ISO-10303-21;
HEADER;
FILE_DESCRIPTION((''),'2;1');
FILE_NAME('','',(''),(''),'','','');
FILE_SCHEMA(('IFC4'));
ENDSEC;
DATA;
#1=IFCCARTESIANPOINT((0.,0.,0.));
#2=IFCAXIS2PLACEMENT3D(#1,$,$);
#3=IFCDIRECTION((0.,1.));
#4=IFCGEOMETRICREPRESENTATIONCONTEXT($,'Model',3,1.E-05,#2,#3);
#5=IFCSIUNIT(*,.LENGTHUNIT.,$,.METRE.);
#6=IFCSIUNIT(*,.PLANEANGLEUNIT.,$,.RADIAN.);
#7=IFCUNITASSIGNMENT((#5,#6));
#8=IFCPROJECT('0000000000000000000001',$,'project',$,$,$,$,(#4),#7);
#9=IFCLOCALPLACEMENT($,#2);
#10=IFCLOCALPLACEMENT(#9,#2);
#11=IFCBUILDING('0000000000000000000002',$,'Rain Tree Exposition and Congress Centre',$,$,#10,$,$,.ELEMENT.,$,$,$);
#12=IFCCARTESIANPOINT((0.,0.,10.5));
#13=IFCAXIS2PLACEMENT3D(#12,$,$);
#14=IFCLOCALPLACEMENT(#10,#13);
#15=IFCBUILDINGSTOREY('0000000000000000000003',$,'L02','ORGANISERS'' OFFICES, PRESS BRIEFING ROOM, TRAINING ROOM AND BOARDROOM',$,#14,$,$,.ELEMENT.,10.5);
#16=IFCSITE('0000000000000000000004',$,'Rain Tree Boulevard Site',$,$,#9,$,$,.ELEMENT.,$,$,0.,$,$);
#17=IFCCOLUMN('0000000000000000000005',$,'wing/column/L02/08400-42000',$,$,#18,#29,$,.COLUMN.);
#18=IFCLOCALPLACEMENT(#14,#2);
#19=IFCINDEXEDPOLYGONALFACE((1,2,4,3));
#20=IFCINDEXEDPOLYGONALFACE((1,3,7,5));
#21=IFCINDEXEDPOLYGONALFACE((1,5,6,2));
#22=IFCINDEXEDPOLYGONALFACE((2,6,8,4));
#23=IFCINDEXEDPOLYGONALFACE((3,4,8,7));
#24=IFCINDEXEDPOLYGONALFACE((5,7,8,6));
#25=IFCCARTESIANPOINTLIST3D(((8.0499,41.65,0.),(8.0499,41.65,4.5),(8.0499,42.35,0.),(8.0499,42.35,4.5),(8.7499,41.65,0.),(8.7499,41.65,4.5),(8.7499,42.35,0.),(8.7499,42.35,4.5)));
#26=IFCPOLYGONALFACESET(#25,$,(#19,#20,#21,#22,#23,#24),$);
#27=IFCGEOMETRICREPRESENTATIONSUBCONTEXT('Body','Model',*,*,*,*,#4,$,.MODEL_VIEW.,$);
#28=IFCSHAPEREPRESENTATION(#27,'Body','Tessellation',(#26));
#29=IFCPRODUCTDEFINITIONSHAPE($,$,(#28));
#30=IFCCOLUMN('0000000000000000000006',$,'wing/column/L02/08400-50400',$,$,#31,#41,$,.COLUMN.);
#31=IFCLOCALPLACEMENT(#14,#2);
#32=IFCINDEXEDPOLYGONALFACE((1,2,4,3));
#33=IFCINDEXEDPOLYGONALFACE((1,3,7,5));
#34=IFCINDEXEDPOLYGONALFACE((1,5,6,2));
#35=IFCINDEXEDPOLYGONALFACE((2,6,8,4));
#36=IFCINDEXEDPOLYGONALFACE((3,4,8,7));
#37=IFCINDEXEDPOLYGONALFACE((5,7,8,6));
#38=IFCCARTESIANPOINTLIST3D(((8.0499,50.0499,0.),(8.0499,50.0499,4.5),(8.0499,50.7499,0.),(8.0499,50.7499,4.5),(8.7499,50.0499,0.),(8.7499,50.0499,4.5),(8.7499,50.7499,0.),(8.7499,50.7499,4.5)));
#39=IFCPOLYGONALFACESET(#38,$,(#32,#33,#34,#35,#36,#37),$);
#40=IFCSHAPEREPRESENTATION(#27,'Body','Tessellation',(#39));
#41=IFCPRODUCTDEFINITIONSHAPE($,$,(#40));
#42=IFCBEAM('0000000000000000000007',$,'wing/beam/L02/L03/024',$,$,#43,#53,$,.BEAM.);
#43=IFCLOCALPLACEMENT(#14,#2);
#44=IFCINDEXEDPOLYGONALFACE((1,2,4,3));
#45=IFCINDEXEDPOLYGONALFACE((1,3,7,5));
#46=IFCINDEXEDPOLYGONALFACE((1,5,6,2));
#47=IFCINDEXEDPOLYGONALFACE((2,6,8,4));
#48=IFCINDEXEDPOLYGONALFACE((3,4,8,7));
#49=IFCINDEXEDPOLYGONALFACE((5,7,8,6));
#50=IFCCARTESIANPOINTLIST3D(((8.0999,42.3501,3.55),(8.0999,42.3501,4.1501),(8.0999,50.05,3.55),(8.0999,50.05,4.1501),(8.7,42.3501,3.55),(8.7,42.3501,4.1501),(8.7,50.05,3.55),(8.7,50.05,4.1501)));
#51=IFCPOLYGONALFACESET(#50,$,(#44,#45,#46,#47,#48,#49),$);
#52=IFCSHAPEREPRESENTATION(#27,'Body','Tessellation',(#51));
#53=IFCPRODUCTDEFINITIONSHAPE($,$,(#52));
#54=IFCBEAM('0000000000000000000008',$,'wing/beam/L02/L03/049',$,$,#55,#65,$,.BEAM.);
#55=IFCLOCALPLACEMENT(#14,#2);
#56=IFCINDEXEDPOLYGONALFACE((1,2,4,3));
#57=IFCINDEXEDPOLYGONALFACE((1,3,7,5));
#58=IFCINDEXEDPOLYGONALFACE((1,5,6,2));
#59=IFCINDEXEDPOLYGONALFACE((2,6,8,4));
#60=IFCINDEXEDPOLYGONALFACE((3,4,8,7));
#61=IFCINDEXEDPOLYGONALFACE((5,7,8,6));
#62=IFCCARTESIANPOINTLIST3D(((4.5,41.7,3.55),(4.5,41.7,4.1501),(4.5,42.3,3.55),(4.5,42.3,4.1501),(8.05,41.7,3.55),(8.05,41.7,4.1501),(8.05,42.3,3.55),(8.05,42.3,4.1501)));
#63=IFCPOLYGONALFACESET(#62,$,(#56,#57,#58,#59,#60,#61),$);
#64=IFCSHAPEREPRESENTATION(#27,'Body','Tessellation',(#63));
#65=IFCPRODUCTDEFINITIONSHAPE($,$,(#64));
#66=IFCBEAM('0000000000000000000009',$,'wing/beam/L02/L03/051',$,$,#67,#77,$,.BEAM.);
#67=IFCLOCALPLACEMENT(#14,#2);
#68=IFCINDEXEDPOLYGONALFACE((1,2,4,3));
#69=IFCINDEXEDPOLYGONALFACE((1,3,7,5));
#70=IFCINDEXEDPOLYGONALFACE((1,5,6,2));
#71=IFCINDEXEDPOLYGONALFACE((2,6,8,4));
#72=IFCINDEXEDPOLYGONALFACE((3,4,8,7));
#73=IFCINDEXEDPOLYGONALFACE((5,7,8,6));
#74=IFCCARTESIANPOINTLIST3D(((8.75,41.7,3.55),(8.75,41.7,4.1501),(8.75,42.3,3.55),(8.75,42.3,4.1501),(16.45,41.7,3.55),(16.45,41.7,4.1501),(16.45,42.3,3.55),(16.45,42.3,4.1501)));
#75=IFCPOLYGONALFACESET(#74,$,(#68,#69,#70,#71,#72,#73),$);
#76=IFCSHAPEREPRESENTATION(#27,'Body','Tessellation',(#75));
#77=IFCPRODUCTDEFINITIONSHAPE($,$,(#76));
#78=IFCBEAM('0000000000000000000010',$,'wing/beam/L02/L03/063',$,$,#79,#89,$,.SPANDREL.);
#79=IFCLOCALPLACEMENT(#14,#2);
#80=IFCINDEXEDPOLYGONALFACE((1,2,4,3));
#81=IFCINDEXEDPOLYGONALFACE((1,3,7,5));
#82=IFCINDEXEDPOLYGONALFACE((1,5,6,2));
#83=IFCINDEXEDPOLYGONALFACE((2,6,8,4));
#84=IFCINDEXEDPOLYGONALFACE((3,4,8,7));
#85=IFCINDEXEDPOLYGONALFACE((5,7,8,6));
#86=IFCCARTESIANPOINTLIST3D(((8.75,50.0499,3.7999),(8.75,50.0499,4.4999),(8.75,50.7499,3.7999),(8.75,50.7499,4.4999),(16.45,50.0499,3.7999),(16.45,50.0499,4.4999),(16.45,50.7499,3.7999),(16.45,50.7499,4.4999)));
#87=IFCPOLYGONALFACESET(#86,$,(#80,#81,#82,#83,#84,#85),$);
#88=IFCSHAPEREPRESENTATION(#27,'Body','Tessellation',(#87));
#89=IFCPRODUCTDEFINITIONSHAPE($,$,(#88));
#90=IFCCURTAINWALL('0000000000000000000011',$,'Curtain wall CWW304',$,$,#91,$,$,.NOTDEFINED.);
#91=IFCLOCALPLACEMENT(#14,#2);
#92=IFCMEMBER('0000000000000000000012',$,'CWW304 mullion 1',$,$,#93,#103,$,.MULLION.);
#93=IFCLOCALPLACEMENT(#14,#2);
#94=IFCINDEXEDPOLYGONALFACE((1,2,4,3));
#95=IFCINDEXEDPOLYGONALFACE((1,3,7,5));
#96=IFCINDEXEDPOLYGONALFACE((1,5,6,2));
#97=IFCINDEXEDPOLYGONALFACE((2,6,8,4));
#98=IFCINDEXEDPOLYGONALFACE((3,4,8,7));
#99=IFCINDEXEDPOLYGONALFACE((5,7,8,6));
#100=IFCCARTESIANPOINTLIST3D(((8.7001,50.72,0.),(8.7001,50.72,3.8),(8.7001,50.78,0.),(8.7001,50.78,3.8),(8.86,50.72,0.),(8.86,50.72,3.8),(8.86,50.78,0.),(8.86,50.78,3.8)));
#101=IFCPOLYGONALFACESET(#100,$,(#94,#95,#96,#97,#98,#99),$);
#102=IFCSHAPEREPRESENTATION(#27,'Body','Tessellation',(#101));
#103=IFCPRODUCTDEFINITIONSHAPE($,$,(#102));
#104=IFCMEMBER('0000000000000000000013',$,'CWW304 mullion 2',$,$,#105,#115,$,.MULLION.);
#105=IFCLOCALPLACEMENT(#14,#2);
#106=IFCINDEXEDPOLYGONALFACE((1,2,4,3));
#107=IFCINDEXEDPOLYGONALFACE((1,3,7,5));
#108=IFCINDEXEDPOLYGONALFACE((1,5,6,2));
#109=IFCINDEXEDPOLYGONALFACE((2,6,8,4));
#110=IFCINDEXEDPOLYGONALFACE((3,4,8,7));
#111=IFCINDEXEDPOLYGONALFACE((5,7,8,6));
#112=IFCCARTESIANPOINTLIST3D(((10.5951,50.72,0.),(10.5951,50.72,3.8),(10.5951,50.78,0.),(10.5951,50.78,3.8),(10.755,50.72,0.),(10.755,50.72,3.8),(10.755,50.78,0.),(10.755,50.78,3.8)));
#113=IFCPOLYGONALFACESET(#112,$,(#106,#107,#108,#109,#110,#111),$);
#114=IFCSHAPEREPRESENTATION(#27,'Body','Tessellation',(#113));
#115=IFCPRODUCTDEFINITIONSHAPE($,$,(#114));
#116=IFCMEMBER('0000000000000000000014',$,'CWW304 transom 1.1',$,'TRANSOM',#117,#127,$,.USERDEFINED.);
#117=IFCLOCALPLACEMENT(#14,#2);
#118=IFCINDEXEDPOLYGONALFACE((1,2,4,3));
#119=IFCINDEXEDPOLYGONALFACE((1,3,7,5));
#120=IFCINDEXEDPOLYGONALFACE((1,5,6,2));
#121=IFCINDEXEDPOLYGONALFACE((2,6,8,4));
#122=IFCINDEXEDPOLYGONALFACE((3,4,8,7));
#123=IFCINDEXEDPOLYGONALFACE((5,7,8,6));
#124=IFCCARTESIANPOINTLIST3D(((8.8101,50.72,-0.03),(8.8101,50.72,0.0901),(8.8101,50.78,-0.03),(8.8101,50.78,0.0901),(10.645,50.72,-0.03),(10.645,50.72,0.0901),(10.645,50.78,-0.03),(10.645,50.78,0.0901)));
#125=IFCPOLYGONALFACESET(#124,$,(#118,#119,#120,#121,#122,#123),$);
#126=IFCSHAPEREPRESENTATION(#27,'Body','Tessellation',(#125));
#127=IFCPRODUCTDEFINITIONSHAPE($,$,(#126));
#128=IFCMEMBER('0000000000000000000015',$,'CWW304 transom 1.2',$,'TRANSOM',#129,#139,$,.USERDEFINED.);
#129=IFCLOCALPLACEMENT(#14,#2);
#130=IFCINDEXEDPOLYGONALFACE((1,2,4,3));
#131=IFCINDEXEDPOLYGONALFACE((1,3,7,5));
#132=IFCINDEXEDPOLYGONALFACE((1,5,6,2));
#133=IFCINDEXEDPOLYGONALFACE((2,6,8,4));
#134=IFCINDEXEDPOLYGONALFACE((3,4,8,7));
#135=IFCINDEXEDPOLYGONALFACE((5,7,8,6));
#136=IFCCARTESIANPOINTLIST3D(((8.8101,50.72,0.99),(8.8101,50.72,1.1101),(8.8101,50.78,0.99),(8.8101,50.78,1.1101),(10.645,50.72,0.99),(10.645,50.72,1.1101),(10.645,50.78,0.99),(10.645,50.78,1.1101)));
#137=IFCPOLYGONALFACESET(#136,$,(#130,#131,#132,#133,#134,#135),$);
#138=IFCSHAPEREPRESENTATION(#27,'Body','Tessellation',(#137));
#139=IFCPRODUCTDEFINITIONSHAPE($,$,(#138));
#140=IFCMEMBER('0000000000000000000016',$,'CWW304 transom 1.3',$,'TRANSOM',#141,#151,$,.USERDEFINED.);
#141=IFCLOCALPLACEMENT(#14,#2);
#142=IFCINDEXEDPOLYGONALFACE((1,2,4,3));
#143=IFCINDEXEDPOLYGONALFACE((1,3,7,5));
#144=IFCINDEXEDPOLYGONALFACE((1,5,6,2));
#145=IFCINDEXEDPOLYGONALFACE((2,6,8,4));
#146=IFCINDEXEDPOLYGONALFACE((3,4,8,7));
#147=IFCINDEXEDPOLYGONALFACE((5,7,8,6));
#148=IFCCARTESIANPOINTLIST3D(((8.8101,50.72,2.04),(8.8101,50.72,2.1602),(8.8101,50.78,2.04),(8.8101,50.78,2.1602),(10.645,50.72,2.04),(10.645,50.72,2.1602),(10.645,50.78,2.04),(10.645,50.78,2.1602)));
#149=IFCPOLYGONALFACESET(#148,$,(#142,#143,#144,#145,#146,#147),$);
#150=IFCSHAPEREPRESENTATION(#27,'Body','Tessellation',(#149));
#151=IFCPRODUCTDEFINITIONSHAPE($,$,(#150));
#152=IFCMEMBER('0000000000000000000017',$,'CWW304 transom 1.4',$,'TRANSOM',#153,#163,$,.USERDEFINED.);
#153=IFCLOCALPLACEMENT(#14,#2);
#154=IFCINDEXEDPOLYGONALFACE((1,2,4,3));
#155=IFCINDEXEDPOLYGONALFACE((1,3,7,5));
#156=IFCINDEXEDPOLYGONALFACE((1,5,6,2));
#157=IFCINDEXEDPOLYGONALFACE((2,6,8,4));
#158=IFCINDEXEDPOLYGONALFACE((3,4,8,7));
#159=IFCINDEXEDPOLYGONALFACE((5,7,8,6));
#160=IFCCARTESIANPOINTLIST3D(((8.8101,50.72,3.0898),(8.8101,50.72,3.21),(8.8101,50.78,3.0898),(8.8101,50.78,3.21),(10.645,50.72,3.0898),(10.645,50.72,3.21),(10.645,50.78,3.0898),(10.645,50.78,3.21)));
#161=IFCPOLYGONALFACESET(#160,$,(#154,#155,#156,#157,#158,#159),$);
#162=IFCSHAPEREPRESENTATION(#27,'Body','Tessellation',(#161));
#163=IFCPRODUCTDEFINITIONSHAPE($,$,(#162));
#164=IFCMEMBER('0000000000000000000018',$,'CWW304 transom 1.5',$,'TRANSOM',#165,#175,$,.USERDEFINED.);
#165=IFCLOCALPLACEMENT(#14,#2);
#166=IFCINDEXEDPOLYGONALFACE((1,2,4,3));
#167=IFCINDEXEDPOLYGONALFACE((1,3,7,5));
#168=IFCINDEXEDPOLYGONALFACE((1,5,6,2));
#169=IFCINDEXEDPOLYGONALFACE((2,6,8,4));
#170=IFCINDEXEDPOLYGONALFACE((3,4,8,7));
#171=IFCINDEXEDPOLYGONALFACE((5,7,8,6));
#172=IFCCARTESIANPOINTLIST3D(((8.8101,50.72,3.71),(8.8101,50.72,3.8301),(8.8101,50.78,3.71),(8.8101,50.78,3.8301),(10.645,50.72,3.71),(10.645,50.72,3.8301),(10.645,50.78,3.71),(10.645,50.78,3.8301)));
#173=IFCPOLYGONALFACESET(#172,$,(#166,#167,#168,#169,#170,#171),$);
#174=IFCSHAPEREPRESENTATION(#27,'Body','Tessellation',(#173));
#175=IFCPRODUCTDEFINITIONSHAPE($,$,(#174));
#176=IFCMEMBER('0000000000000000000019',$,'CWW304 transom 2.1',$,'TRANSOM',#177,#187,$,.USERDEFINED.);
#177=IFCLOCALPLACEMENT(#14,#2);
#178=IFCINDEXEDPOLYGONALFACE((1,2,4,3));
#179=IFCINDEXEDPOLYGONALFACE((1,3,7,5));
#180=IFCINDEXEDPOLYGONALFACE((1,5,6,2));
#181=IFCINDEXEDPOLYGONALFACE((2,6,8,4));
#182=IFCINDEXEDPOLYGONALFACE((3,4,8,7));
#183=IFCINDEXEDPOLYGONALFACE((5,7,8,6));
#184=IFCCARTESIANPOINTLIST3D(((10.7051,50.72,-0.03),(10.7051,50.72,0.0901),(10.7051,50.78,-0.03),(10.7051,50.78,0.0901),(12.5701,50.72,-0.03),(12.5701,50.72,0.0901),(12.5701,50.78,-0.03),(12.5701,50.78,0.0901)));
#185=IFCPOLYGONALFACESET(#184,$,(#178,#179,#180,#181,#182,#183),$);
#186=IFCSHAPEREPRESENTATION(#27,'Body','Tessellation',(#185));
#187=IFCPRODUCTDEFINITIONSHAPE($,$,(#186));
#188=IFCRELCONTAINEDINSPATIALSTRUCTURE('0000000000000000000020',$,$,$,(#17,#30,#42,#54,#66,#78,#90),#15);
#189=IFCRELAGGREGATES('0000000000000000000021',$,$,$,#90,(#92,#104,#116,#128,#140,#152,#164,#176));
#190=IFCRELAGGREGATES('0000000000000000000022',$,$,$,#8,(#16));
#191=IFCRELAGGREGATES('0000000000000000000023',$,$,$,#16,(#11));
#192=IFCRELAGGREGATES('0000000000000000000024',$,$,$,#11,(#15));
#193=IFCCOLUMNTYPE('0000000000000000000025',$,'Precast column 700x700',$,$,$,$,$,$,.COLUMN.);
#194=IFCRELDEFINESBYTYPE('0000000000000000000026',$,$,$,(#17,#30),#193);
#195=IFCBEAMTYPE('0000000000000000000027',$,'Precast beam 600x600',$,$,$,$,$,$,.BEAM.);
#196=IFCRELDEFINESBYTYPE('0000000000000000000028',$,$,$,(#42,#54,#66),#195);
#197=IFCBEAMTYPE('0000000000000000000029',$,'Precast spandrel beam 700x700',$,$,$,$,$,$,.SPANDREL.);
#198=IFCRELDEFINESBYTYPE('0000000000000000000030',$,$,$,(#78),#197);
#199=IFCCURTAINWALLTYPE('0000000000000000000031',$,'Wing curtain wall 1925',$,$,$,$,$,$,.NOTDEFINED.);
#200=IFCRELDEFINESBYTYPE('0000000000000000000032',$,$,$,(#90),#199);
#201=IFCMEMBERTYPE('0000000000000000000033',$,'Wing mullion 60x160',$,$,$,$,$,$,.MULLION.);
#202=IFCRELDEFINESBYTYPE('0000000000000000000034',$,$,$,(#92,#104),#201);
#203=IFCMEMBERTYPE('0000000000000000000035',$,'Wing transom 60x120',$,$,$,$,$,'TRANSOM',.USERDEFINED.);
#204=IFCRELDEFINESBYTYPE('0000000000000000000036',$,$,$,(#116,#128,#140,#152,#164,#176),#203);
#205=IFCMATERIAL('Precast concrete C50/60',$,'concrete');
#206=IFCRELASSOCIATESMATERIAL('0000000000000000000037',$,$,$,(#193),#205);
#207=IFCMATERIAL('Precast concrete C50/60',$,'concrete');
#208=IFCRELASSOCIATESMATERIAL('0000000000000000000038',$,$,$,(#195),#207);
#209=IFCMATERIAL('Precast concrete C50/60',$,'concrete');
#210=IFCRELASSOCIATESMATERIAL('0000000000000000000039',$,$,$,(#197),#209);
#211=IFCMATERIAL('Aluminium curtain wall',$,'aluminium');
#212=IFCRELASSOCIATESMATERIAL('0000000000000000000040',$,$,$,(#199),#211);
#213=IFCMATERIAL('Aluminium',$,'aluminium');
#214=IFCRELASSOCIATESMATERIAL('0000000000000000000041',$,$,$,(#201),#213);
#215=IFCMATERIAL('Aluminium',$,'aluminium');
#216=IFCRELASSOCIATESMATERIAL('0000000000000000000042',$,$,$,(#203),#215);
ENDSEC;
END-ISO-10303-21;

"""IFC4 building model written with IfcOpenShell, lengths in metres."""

from ifc_helpers import new_model, si_unit, direction, frame, origin, origin_2d, place, context, subcontext, project, spatial, rectangle, extrude, material, material_profile, profile_set, type_object, element, aggregate, save


model = new_model("IFC4")

# Units and contexts
model_context = context("Model", 3, precision=1e-05, world=origin(), true_north=direction((0.0, 1.0)))
body_context = subcontext(model_context, "Body", "Model", "MODEL_VIEW")
ifc_project = project(units=[si_unit("LENGTHUNIT", "METRE"), si_unit("PLANEANGLEUNIT", "RADIAN")], contexts=[model_context])

# Site, building, storey
site_placement = place(None, origin())
site = spatial("IfcSite", under=ifc_project, at=site_placement, Name="Rain Tree Boulevard Site", CompositionType="ELEMENT", RefElevation=0.0)
building_placement = place(site_placement, origin())
building = spatial("IfcBuilding", under=site, at=building_placement, Name="Rain Tree Exposition and Congress Centre", CompositionType="ELEMENT")
storey_placement = place(building_placement, frame((0.0, 0.0, 10.5)))
storey = spatial("IfcBuildingStorey", under=building, at=storey_placement, Name="L02", Description="ORGANISERS' OFFICES, PRESS BRIEFING ROOM, TRAINING ROOM AND BOARDROOM", CompositionType="ELEMENT", Elevation=10.5)

# Columns
ifc_material_1 = material(Name="Precast concrete C50/60", Category="concrete")
ifc_material_profile_1 = material_profile(ifc_material_1, rectangle(XDim=0.7, YDim=0.7, at=origin_2d()), Name="RC 700x700")
ifc_profile_set_1 = profile_set([ifc_material_profile_1], Name="Precast concrete C50/60")
column_type = type_object("IfcColumnType", Name="Precast column 700x700", PredefinedType="COLUMN", material=ifc_profile_set_1)
for number, where, z_axis, x_axis, name in (
    (1, (8.3999, 42.0, 0.0), (0.0, 0.0, 1.0), (1.0, 0.0, 0.0), "wing/column/L02/08400-42000"),
    (2, (8.3999, 50.3999, 0.0), (0.0, 0.0, 1.0), (1.0, 0.0, 0.0), "wing/column/L02/08400-50400"),
):
    element("IfcColumn", number, at=place(storey_placement, frame(where, z_axis=z_axis, x_axis=x_axis)), inside=storey, type_object=column_type, Name=name, PredefinedType="COLUMN", context=body_context, shape_type="SweptSolid", body=[
        extrude(rectangle(XDim=0.7, YDim=0.7, at=origin_2d()), origin(), (0.0, 0.0, 1.0), 4.5),
    ])

# Beams
ifc_material_2 = material(Name="Precast concrete C50/60", Category="concrete")
ifc_material_profile_2 = material_profile(ifc_material_2, rectangle(XDim=0.6001, YDim=0.6001, at=origin_2d()), Name="RC 600x600")
ifc_profile_set_2 = profile_set([ifc_material_profile_2], Name="Precast concrete C50/60")
beam_type_1 = type_object("IfcBeamType", Name="Precast beam 600x600", PredefinedType="BEAM", material=ifc_profile_set_2)
beam_1_placement = place(storey_placement, frame((8.3999, 42.3501, 3.8501), z_axis=(0.0, 1.0, 0.0), x_axis=(-1.0, 0.0, 0.0)))
element("IfcBeam", 3, at=beam_1_placement, inside=storey, type_object=beam_type_1, Name="wing/beam/L02/L03/024", PredefinedType="BEAM", context=body_context, shape_type="SweptSolid", body=[
    extrude(rectangle(XDim=0.6001, YDim=0.6001, at=origin_2d()), origin(), (0.0, 0.0, 1.0), 7.7),
])
beam_2_placement = place(storey_placement, frame((4.5, 42.0, 3.8501), z_axis=(1.0, 0.0, 0.0), x_axis=(0.0, 1.0, 0.0)))
element("IfcBeam", 4, at=beam_2_placement, inside=storey, type_object=beam_type_1, Name="wing/beam/L02/L03/049", PredefinedType="BEAM", context=body_context, shape_type="SweptSolid", body=[
    extrude(rectangle(XDim=0.6001, YDim=0.6001, at=origin_2d()), origin(), (0.0, 0.0, 1.0), 3.55),
])
beam_3_placement = place(storey_placement, frame((8.75, 42.0, 3.8501), z_axis=(1.0, 0.0, 0.0), x_axis=(0.0, 1.0, 0.0)))
element("IfcBeam", 5, at=beam_3_placement, inside=storey, type_object=beam_type_1, Name="wing/beam/L02/L03/051", PredefinedType="BEAM", context=body_context, shape_type="SweptSolid", body=[
    extrude(rectangle(XDim=0.6001, YDim=0.6001, at=origin_2d()), origin(), (0.0, 0.0, 1.0), 7.7),
])
ifc_material_3 = material(Name="Precast concrete C50/60", Category="concrete")
ifc_material_profile_3 = material_profile(ifc_material_3, rectangle(XDim=0.7, YDim=0.7, at=origin_2d()), Name="RC 700x700")
ifc_profile_set_3 = profile_set([ifc_material_profile_3], Name="Precast concrete C50/60")
beam_type_2 = type_object("IfcBeamType", Name="Precast spandrel beam 700x700", PredefinedType="SPANDREL", material=ifc_profile_set_3)
beam_4_placement = place(storey_placement, frame((8.75, 50.3999, 4.1499), z_axis=(1.0, 0.0, 0.0), x_axis=(0.0, 1.0, 0.0)))
element("IfcBeam", 6, at=beam_4_placement, inside=storey, type_object=beam_type_2, Name="wing/beam/L02/L03/063", PredefinedType="SPANDREL", context=body_context, shape_type="SweptSolid", body=[
    extrude(rectangle(XDim=0.7, YDim=0.7, at=origin_2d()), origin(), (0.0, 0.0, 1.0), 7.7),
])

# Curtain wall, members
ifc_material_4 = material(Name="Aluminium curtain wall", Category="aluminium")
curtain_wall_type = type_object("IfcCurtainWallType", Name="Wing curtain wall 1925", PredefinedType="NOTDEFINED", material=ifc_material_4)
curtain_wall_placement = place(storey_placement, origin())
curtain_wall = element("IfcCurtainWall", 7, at=curtain_wall_placement, inside=storey, type_object=curtain_wall_type, Name="Curtain wall CWW304", PredefinedType="NOTDEFINED")
ifc_material_5 = material(Name="Aluminium", Category="aluminium")
ifc_material_profile_4 = material_profile(ifc_material_5, rectangle(XDim=0.0601, YDim=0.1599, at=origin_2d()), Name="Aluminium 60x160")
ifc_profile_set_4 = profile_set([ifc_material_profile_4], Name="Aluminium")
member_type_1 = type_object("IfcMemberType", Name="Wing mullion 60x160", PredefinedType="MULLION", material=ifc_profile_set_4)
member_1_placement = place(storey_placement, frame((8.78, 50.75, 0.0), z_axis=(0.0, 0.0, 1.0), x_axis=(0.0, 1.0, 0.0)))
member_1 = element("IfcMember", 8, at=member_1_placement, type_object=member_type_1, Name="CWW304 mullion 1", PredefinedType="MULLION", context=body_context, shape_type="SweptSolid", body=[
    extrude(rectangle(XDim=0.0601, YDim=0.1599, at=origin_2d()), origin(), (0.0, 0.0, 1.0), 3.8),
])
member_2_placement = place(storey_placement, frame((10.675, 50.75, 0.0), z_axis=(0.0, 0.0, 1.0), x_axis=(0.0, 1.0, 0.0)))
member_2 = element("IfcMember", 9, at=member_2_placement, type_object=member_type_1, Name="CWW304 mullion 2", PredefinedType="MULLION", context=body_context, shape_type="SweptSolid", body=[
    extrude(rectangle(XDim=0.0601, YDim=0.1599, at=origin_2d()), origin(), (0.0, 0.0, 1.0), 3.8),
])
ifc_material_6 = material(Name="Aluminium", Category="aluminium")
ifc_material_profile_5 = material_profile(ifc_material_6, rectangle(XDim=0.0601, YDim=0.1201, at=origin_2d()), Name="Aluminium 60x120")
ifc_profile_set_5 = profile_set([ifc_material_profile_5], Name="Aluminium")
member_type_2 = type_object("IfcMemberType", Name="Wing transom 60x120", ElementType="TRANSOM", PredefinedType="USERDEFINED", material=ifc_profile_set_5)
member_3_placement = place(storey_placement, frame((8.8101, 50.75, 0.03), z_axis=(1.0, 0.0, 0.0), x_axis=(0.0, 1.0, 0.0)))
member_3 = element("IfcMember", 10, at=member_3_placement, type_object=member_type_2, Name="CWW304 transom 1.1", ObjectType="TRANSOM", PredefinedType="USERDEFINED", context=body_context, shape_type="SweptSolid", body=[
    extrude(rectangle(XDim=0.0601, YDim=0.1201, at=origin_2d()), origin(), (0.0, 0.0, 1.0), 1.835),
])
member_4_placement = place(storey_placement, frame((8.8101, 50.75, 1.05), z_axis=(1.0, 0.0, 0.0), x_axis=(0.0, 1.0, 0.0)))
member_4 = element("IfcMember", 11, at=member_4_placement, type_object=member_type_2, Name="CWW304 transom 1.2", ObjectType="TRANSOM", PredefinedType="USERDEFINED", context=body_context, shape_type="SweptSolid", body=[
    extrude(rectangle(XDim=0.0601, YDim=0.1201, at=origin_2d()), origin(), (0.0, 0.0, 1.0), 1.835),
])
member_5_placement = place(storey_placement, frame((8.8101, 50.75, 2.1001), z_axis=(1.0, 0.0, 0.0), x_axis=(0.0, 1.0, 0.0)))
member_5 = element("IfcMember", 12, at=member_5_placement, type_object=member_type_2, Name="CWW304 transom 1.3", ObjectType="TRANSOM", PredefinedType="USERDEFINED", context=body_context, shape_type="SweptSolid", body=[
    extrude(rectangle(XDim=0.0601, YDim=0.1201, at=origin_2d()), origin(), (0.0, 0.0, 1.0), 1.835),
])
member_6_placement = place(storey_placement, frame((8.8101, 50.75, 3.1499), z_axis=(1.0, 0.0, 0.0), x_axis=(0.0, 1.0, 0.0)))
member_6 = element("IfcMember", 13, at=member_6_placement, type_object=member_type_2, Name="CWW304 transom 1.4", ObjectType="TRANSOM", PredefinedType="USERDEFINED", context=body_context, shape_type="SweptSolid", body=[
    extrude(rectangle(XDim=0.0601, YDim=0.1201, at=origin_2d()), origin(), (0.0, 0.0, 1.0), 1.835),
])
member_7_placement = place(storey_placement, frame((8.8101, 50.75, 3.77), z_axis=(1.0, 0.0, 0.0), x_axis=(0.0, 1.0, 0.0)))
member_7 = element("IfcMember", 14, at=member_7_placement, type_object=member_type_2, Name="CWW304 transom 1.5", ObjectType="TRANSOM", PredefinedType="USERDEFINED", context=body_context, shape_type="SweptSolid", body=[
    extrude(rectangle(XDim=0.0601, YDim=0.1201, at=origin_2d()), origin(), (0.0, 0.0, 1.0), 1.835),
])
member_8_placement = place(storey_placement, frame((10.7051, 50.75, 0.03), z_axis=(1.0, 0.0, 0.0), x_axis=(0.0, 1.0, 0.0)))
member_8 = element("IfcMember", 15, at=member_8_placement, type_object=member_type_2, Name="CWW304 transom 2.1", ObjectType="TRANSOM", PredefinedType="USERDEFINED", context=body_context, shape_type="SweptSolid", body=[
    extrude(rectangle(XDim=0.0601, YDim=0.1201, at=origin_2d()), origin(), (0.0, 0.0, 1.0), 1.865),
])
aggregate(curtain_wall, [member_1, member_2, member_3, member_4, member_5, member_6, member_7, member_8])

save(model, "model.ifc")
